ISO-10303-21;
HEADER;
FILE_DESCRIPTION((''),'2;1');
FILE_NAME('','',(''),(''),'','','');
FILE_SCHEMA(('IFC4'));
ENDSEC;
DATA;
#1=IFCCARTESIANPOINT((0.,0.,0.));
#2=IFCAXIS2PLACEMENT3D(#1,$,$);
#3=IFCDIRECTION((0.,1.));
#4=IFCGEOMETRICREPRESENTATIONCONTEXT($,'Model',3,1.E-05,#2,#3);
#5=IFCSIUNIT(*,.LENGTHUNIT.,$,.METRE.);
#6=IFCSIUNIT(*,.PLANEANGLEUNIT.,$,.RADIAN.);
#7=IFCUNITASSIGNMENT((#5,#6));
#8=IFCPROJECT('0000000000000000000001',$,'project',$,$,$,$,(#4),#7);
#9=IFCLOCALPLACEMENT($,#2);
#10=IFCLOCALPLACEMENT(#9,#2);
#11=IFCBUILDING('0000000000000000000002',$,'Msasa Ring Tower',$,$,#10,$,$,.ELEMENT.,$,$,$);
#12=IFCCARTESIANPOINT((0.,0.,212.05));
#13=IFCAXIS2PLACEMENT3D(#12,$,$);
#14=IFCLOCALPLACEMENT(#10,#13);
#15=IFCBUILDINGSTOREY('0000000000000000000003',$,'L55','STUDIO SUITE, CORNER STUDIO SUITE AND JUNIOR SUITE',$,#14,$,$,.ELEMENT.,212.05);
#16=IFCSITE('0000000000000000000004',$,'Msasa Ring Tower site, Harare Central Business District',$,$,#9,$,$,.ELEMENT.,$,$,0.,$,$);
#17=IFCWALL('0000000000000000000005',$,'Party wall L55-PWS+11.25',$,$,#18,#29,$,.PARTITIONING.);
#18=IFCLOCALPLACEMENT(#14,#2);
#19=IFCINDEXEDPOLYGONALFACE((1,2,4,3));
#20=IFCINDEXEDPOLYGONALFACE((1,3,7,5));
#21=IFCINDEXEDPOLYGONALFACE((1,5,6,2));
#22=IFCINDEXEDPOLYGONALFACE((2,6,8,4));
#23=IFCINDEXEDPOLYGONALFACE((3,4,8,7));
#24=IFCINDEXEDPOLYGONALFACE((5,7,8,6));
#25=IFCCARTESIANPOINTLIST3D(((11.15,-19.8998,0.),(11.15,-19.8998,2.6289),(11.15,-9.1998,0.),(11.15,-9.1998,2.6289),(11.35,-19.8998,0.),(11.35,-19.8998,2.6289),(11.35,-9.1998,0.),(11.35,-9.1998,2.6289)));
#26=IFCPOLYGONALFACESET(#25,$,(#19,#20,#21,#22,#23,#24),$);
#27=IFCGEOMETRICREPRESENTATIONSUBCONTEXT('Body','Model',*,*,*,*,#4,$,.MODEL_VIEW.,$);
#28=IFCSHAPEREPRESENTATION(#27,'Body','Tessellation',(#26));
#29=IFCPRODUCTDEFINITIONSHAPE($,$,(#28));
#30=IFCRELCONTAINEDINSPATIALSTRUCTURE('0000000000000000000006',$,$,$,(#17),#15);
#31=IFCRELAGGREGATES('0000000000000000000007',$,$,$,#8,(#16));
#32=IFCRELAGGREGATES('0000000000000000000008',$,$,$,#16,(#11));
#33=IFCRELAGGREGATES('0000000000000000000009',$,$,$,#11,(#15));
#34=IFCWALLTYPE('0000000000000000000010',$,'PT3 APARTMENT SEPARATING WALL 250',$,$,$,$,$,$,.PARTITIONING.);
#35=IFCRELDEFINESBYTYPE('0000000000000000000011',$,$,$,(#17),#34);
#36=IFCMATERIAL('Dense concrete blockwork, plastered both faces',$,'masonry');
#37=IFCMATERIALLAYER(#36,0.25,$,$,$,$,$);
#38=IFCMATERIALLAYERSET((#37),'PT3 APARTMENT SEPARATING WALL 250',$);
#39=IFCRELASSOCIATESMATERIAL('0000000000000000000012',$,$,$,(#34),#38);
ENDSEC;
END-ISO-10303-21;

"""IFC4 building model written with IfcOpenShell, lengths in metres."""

from ifc_helpers import new_model, si_unit, direction, frame, frame_2d, origin, place, context, subcontext, project, spatial, rectangle, extrude, material, layer, layer_set, type_object, element, save


model = new_model("IFC4")

# Units and contexts
model_context = context("Model", 3, precision=1e-05, world=origin(), true_north=direction((0.0, 1.0)))
body_context = subcontext(model_context, "Body", "Model", "MODEL_VIEW")
ifc_project = project(units=[si_unit("LENGTHUNIT", "METRE"), si_unit("PLANEANGLEUNIT", "RADIAN")], contexts=[model_context])

# Site, building, storey
site_placement = place(None, origin())
site = spatial("IfcSite", under=ifc_project, at=site_placement, Name="Msasa Ring Tower site, Harare Central Business District", CompositionType="ELEMENT", RefElevation=0.0)
building_placement = place(site_placement, origin())
building = spatial("IfcBuilding", under=site, at=building_placement, Name="Msasa Ring Tower", CompositionType="ELEMENT")
storey_placement = place(building_placement, frame((0.0, 0.0, 212.05)))
storey = spatial("IfcBuildingStorey", under=building, at=storey_placement, Name="L55", Description="STUDIO SUITE, CORNER STUDIO SUITE AND JUNIOR SUITE", CompositionType="ELEMENT", Elevation=212.05)

# Wall
ifc_material_1 = material(Name="Dense concrete blockwork, plastered both faces", Category="masonry")
ifc_layer_1 = layer(ifc_material_1, 0.25)
ifc_layer_set_1 = layer_set([ifc_layer_1], Name="PT3 APARTMENT SEPARATING WALL 250")
wall_type = type_object("IfcWallType", Name="PT3 APARTMENT SEPARATING WALL 250", PredefinedType="PARTITIONING", material=ifc_layer_set_1)
wall_placement = place(storey_placement, frame((11.25, -19.8999, 0.0), z_axis=(0.0, 0.0, 1.0), x_axis=(0.0, 1.0, 0.0)))
element("IfcWall", 1, at=wall_placement, inside=storey, type_object=wall_type, Name="Party wall L55-PWS+11.25", PredefinedType="PARTITIONING", context=body_context, shape_type="SweptSolid", body=[
    extrude(rectangle(XDim=10.7, YDim=0.2, at=frame_2d((5.3501, 0.0))), origin(), (0.0, 0.0, 1.0), 2.6289),
])

save(model, "model.ifc")
